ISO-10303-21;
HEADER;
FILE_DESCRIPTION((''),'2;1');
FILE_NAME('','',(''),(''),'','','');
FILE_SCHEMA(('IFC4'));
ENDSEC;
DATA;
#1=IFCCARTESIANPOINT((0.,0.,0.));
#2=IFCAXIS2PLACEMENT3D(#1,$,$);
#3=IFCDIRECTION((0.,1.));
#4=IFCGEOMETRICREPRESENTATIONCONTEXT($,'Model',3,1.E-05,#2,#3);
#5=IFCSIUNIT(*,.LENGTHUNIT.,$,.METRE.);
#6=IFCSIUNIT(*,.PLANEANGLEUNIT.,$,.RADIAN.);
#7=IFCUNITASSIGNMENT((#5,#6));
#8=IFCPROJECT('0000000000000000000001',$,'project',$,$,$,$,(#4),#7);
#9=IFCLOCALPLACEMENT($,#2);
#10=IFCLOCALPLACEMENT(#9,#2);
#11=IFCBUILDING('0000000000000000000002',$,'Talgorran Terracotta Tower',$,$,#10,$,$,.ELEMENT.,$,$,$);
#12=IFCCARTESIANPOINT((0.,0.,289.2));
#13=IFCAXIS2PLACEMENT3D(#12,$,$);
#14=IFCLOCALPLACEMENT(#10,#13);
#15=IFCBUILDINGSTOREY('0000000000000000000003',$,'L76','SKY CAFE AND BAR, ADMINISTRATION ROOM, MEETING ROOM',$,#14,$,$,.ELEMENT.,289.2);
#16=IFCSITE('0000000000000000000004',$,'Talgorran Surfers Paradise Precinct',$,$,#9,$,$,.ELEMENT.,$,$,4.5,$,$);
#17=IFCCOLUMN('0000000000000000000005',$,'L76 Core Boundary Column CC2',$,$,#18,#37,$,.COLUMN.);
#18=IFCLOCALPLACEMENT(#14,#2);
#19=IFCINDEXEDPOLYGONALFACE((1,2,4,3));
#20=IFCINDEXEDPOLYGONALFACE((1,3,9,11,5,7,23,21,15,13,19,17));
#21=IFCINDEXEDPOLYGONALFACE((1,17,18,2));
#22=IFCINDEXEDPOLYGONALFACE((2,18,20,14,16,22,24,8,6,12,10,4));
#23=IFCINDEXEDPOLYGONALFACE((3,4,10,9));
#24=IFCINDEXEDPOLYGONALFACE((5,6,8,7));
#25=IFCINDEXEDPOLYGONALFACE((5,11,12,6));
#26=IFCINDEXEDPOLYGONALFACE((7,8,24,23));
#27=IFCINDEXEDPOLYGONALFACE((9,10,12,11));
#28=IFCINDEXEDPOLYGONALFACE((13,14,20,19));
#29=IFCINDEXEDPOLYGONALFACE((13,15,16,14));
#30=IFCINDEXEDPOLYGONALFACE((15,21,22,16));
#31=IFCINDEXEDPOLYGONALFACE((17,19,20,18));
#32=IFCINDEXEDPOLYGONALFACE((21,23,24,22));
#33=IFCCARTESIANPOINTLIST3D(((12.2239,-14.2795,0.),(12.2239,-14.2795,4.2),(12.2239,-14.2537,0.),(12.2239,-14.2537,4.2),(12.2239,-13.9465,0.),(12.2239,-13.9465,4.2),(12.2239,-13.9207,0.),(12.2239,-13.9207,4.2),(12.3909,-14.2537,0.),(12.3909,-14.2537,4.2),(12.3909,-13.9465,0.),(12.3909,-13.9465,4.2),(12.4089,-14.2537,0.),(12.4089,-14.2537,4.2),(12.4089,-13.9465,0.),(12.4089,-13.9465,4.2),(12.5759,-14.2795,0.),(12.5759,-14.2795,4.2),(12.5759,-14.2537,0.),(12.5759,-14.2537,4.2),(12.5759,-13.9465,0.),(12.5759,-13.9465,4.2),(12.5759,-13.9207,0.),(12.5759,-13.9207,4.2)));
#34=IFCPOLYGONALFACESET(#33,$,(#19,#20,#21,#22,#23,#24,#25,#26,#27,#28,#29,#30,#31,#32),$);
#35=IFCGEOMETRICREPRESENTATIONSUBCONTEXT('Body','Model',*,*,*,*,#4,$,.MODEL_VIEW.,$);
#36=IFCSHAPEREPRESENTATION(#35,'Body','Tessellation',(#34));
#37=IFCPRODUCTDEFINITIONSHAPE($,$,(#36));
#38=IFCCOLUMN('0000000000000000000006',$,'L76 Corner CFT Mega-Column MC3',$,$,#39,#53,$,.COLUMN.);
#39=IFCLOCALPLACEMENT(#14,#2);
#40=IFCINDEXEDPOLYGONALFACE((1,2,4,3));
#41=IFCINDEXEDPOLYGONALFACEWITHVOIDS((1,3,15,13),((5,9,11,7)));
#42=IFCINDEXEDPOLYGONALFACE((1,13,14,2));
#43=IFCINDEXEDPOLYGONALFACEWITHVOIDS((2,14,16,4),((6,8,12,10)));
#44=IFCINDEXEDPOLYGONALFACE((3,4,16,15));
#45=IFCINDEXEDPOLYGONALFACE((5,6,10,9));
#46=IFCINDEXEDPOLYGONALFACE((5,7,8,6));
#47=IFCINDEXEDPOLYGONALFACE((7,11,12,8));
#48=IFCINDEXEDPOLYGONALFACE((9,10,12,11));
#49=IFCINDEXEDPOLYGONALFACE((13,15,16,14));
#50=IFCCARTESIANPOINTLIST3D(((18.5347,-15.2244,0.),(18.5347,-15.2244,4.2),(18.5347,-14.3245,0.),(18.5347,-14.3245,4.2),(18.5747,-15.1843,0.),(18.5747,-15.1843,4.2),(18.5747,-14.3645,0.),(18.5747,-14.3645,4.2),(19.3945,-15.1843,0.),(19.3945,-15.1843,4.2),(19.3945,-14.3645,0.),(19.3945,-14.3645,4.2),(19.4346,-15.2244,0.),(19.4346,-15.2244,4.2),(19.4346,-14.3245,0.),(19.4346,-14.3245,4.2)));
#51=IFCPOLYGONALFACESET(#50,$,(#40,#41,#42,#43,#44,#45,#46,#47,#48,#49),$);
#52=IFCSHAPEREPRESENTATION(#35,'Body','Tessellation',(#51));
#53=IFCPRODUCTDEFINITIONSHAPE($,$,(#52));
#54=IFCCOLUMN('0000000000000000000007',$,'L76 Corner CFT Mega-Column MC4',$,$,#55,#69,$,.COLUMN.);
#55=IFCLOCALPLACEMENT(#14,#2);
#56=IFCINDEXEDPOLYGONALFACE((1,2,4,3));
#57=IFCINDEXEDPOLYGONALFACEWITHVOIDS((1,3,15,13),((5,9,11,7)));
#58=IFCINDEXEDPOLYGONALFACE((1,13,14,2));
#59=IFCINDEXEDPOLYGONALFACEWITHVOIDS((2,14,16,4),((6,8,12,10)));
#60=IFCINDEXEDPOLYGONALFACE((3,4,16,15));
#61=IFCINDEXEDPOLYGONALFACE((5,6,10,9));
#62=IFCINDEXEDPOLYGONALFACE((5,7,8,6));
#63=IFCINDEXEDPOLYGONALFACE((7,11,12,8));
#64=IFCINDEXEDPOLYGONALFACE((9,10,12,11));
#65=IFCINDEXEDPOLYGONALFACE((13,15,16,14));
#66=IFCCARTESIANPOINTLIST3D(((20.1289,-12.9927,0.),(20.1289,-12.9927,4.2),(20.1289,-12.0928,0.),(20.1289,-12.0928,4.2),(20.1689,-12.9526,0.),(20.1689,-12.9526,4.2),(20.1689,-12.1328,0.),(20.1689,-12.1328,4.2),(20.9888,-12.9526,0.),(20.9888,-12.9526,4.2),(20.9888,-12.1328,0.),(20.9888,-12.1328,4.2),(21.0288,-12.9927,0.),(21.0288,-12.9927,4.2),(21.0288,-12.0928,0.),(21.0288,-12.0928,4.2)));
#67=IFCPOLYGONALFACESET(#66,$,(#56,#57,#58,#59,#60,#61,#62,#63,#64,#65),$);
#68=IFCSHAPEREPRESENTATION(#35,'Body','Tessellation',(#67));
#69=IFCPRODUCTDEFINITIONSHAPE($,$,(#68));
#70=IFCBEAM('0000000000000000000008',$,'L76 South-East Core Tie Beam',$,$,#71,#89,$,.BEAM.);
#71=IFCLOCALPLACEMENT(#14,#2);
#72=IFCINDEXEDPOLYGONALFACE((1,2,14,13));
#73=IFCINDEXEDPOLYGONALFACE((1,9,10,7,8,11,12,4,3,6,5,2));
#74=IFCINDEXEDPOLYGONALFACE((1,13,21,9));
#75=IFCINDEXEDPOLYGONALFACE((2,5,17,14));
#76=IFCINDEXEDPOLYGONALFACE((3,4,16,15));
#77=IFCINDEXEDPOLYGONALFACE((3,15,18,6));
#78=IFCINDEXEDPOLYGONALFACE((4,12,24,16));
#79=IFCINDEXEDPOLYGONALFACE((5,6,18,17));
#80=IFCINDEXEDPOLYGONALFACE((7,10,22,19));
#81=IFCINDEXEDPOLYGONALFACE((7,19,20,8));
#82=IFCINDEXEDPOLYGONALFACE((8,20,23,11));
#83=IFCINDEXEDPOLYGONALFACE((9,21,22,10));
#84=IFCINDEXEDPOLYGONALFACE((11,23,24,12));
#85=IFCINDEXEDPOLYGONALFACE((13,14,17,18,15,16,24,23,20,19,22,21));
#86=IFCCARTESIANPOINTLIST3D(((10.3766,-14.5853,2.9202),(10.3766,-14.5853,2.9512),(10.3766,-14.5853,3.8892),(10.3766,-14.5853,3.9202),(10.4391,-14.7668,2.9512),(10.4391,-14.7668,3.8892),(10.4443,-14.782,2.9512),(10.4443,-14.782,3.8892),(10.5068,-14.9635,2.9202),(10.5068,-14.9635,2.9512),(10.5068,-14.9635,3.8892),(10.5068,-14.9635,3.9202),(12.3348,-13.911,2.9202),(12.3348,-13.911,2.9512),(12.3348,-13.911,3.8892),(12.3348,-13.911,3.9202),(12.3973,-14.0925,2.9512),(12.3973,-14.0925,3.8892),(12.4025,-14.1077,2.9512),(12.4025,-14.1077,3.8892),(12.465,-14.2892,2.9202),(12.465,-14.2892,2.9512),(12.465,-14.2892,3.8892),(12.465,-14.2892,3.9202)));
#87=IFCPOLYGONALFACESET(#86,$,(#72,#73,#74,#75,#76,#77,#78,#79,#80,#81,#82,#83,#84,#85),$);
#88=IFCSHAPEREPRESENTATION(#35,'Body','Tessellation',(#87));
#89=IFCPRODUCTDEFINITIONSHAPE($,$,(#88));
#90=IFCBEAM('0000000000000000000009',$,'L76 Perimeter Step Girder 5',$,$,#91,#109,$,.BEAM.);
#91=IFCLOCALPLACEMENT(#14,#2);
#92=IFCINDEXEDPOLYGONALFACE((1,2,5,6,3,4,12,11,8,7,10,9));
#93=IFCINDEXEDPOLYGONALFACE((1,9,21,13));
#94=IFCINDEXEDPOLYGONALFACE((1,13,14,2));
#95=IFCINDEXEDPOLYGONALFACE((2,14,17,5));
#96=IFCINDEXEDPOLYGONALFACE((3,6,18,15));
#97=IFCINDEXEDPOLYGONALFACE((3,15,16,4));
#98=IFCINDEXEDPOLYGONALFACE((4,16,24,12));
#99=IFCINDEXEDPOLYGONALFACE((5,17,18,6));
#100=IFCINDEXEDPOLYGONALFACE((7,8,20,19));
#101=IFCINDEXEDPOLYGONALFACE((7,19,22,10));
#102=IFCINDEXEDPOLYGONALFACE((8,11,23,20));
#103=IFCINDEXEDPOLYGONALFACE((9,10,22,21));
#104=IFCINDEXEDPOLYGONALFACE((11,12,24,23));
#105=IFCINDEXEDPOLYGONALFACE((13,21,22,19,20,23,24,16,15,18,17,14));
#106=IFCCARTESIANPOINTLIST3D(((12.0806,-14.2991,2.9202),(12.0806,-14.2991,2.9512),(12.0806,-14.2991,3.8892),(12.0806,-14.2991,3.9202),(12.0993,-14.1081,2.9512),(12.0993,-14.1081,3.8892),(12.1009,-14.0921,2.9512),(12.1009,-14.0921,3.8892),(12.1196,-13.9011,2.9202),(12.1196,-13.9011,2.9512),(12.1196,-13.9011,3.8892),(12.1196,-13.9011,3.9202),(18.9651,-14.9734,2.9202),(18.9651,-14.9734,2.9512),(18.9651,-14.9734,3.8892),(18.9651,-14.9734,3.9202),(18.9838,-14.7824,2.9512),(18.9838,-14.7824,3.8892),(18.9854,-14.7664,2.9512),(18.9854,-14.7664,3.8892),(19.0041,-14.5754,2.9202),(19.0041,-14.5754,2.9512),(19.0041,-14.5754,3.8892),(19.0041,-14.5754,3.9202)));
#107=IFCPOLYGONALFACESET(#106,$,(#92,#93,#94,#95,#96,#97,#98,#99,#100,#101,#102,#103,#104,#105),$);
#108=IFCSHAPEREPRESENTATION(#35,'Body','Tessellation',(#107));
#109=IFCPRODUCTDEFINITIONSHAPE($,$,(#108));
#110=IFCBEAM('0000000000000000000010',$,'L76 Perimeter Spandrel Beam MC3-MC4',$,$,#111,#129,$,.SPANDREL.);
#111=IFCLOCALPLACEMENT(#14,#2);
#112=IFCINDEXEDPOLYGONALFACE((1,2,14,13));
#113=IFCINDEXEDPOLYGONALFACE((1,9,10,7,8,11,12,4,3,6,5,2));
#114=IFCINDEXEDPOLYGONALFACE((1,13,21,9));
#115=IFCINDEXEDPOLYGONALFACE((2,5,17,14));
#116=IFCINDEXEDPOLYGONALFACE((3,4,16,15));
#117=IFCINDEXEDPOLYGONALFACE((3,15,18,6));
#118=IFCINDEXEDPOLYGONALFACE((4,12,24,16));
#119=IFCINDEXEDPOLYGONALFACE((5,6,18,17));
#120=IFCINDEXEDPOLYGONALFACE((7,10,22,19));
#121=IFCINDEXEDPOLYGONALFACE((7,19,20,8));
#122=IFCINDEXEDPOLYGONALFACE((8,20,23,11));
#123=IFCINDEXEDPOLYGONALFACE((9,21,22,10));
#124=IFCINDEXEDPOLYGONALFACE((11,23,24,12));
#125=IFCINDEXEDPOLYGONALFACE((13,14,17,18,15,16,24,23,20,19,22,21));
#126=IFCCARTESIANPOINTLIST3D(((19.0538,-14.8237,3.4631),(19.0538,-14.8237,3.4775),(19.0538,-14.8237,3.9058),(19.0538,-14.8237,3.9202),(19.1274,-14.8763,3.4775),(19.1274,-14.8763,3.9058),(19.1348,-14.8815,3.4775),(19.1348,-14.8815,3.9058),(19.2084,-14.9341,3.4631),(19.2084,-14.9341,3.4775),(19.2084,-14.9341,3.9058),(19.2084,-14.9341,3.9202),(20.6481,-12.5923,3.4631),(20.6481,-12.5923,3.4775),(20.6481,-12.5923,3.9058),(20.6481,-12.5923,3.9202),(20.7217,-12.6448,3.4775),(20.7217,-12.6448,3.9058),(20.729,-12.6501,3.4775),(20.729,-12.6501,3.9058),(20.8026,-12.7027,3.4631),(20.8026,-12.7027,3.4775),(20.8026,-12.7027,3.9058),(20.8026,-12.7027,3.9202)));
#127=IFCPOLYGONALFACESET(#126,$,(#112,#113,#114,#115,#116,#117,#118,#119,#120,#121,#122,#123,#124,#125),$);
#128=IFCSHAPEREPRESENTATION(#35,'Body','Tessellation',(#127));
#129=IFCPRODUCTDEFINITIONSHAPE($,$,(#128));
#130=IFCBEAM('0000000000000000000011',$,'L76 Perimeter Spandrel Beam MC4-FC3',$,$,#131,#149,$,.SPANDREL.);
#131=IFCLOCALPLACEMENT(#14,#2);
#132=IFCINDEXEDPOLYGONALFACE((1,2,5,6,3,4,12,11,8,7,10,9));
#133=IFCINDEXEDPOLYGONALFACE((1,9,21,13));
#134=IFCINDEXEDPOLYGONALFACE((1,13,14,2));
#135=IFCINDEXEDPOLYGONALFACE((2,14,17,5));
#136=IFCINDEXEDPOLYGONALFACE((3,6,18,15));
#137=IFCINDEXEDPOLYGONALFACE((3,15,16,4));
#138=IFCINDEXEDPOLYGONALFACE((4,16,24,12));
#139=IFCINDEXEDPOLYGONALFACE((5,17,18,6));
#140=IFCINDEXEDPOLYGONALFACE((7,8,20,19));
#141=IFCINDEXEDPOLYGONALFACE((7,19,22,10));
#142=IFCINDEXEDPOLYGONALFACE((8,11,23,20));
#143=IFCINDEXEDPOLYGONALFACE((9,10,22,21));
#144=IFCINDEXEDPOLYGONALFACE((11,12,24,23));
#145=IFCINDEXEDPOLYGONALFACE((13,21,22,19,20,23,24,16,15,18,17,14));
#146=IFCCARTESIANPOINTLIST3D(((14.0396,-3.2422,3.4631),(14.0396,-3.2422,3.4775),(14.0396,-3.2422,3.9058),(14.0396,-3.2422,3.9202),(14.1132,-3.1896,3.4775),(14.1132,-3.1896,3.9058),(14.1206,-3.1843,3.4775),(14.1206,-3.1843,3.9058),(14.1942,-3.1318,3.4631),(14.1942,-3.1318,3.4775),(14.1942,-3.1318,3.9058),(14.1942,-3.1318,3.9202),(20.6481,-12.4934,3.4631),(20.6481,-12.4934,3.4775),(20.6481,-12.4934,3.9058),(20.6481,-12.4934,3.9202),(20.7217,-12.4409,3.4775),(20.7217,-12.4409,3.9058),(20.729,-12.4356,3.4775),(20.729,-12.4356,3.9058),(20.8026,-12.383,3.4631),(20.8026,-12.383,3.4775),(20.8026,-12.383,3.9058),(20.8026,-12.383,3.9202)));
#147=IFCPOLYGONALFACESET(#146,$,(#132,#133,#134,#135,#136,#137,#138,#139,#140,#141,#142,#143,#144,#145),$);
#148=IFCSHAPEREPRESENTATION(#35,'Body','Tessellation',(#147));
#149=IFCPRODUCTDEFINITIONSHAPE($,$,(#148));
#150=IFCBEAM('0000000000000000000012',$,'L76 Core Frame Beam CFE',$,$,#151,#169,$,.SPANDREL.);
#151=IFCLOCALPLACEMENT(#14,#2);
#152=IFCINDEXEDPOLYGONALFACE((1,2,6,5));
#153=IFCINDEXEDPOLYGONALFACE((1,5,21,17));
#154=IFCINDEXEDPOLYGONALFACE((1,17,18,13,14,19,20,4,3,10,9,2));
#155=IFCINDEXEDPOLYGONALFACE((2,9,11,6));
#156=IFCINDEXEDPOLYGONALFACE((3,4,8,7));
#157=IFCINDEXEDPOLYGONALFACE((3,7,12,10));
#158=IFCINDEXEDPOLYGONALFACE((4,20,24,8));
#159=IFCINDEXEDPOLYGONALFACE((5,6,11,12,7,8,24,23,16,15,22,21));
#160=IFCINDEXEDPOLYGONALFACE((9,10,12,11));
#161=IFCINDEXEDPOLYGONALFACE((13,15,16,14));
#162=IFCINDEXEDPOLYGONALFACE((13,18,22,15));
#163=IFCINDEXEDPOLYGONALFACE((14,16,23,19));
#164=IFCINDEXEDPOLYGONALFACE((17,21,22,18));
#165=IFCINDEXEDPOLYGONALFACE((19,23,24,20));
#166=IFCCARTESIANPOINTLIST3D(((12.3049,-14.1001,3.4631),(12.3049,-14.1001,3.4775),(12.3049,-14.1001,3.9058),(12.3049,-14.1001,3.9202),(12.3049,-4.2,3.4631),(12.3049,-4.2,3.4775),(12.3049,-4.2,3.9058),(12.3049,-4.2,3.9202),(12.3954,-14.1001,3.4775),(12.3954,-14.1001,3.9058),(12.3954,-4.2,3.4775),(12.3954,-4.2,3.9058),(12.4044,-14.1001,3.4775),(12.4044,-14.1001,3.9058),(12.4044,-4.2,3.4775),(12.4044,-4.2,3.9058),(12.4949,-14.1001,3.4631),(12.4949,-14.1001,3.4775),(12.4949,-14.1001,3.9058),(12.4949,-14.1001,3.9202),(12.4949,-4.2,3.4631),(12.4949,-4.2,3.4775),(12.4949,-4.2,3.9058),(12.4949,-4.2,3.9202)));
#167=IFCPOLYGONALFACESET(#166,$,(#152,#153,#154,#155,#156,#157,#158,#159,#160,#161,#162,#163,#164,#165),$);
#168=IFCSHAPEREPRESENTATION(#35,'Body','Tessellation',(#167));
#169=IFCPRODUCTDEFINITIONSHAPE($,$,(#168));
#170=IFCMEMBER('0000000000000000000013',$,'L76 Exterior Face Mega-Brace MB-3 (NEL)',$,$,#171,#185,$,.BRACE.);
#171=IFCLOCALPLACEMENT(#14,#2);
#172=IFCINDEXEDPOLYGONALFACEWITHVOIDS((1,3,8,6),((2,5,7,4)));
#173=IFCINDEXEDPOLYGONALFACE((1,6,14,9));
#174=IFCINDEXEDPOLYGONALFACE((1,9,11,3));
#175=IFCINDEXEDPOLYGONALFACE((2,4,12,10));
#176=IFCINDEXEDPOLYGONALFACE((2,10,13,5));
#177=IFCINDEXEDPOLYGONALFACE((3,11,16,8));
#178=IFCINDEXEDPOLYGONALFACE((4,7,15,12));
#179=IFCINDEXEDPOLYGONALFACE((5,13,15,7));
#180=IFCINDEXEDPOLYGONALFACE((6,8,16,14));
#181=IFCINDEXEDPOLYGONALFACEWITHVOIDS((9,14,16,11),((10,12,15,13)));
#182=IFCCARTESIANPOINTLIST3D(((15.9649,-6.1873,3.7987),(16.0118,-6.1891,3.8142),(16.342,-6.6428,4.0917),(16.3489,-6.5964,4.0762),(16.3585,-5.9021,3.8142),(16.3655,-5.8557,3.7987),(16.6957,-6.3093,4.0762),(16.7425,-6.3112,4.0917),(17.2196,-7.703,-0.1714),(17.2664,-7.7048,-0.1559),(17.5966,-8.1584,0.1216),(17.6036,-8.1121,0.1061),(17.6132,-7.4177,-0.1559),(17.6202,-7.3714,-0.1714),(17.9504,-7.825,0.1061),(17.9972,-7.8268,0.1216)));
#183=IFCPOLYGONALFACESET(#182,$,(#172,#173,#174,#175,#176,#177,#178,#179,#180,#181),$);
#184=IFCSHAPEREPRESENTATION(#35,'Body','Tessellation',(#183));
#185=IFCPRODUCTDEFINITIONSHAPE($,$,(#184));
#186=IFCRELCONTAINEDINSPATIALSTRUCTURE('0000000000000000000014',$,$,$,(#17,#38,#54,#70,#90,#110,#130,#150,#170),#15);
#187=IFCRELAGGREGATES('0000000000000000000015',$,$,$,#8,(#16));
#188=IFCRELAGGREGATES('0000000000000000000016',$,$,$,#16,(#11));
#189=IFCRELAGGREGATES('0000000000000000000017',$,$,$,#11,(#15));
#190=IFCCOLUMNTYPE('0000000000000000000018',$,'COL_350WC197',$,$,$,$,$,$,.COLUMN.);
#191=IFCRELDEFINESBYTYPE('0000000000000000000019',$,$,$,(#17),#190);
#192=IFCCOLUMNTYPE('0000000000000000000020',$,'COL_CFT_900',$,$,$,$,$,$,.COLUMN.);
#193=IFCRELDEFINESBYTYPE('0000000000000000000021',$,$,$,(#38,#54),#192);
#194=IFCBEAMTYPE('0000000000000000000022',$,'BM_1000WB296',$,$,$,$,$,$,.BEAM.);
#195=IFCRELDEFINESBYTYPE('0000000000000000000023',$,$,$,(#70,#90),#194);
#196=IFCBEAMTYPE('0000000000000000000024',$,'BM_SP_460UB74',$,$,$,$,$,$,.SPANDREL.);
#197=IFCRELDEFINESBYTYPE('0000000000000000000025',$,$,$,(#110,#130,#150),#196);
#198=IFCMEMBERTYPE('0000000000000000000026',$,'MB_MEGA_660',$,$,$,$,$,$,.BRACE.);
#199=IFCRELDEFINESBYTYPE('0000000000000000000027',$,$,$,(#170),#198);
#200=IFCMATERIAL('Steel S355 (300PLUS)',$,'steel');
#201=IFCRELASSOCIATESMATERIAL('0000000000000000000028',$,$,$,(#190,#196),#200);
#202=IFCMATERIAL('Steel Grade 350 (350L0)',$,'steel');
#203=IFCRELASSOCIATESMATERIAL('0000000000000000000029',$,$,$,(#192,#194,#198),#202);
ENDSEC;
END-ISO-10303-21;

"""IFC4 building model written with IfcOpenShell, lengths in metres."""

from ifc_helpers import new_model, si_unit, direction, frame, origin, origin_2d, place, context, subcontext, project, spatial, hollow_rectangle, i_section, extrude, material, material_profile, profile_set, type_object, element, save


model = new_model("IFC4")

# Units and contexts
model_context = context("Model", 3, precision=1e-05, world=origin(), true_north=direction((0.0, 1.0)))
body_context = subcontext(model_context, "Body", "Model", "MODEL_VIEW")
ifc_project = project(units=[si_unit("LENGTHUNIT", "METRE"), si_unit("PLANEANGLEUNIT", "RADIAN")], contexts=[model_context])

# Site, building, storey
site_placement = place(None, origin())
site = spatial("IfcSite", under=ifc_project, at=site_placement, Name="Talgorran Surfers Paradise Precinct", CompositionType="ELEMENT", RefElevation=4.5)
building_placement = place(site_placement, origin())
building = spatial("IfcBuilding", under=site, at=building_placement, Name="Talgorran Terracotta Tower", CompositionType="ELEMENT")
storey_placement = place(building_placement, frame((0.0, 0.0, 289.2)))
storey = spatial("IfcBuildingStorey", under=building, at=storey_placement, Name="L76", Description="SKY CAFE AND BAR, ADMINISTRATION ROOM, MEETING ROOM", CompositionType="ELEMENT", Elevation=289.2)

# Columns
ifc_material_1 = material(Name="Steel S355 (300PLUS)", Category="steel")
ifc_material_profile_1 = material_profile(ifc_material_1, i_section(OverallWidth=0.3521, OverallDepth=0.3589, WebThickness=0.0181, FlangeThickness=0.0259, at=origin_2d()), Name="350WC197")
ifc_profile_set_1 = profile_set([ifc_material_profile_1], Name="Steel S355 (300PLUS)")
column_type_1 = type_object("IfcColumnType", Name="COL_350WC197", PredefinedType="COLUMN", material=ifc_profile_set_1)
column_placement = place(storey_placement, frame((12.3999, -14.1001, 0.0), z_axis=(0.0, 0.0, 1.0), x_axis=(1.0, 0.0, 0.0)))
element("IfcColumn", 1, at=column_placement, inside=storey, type_object=column_type_1, Name="L76 Core Boundary Column CC2", PredefinedType="COLUMN", context=body_context, shape_type="SweptSolid", body=[
    extrude(i_section(OverallWidth=0.3521, OverallDepth=0.3589, WebThickness=0.0181, FlangeThickness=0.0259, at=origin_2d()), origin(), (0.0, 0.0, 1.0), 4.2),
])
ifc_material_2 = material(Name="Steel Grade 350 (350L0)", Category="steel")
ifc_material_profile_2 = material_profile(ifc_material_2, hollow_rectangle(XDim=0.8999, YDim=0.8999, WallThickness=0.04, at=origin_2d()), Name="CFT900X900X40")
ifc_profile_set_2 = profile_set([ifc_material_profile_2], Name="Steel Grade 350 (350L0)")
column_type_2 = type_object("IfcColumnType", Name="COL_CFT_900", PredefinedType="COLUMN", material=ifc_profile_set_2)
for number, where, z_axis, x_axis, name in (
    (2, (18.9846, -14.7744, 0.0), (0.0, 0.0, 1.0), (1.0, 0.0, 0.0), "L76 Corner CFT Mega-Column MC3"),
    (3, (20.5789, -12.5427, 0.0), (0.0, 0.0, 1.0), (1.0, 0.0, 0.0), "L76 Corner CFT Mega-Column MC4"),
):
    element("IfcColumn", number, at=place(storey_placement, frame(where, z_axis=z_axis, x_axis=x_axis)), inside=storey, type_object=column_type_2, Name=name, PredefinedType="COLUMN", context=body_context, shape_type="SweptSolid", body=[
        extrude(hollow_rectangle(XDim=0.8999, YDim=0.8999, WallThickness=0.04, at=origin_2d()), origin(), (0.0, 0.0, 1.0), 4.2),
    ])

# Beams
ifc_material_profile_3 = material_profile(ifc_material_2, i_section(OverallWidth=0.3999, OverallDepth=1.0, WebThickness=0.0161, FlangeThickness=0.031, at=origin_2d()), Name="1000WB296")
ifc_profile_set_3 = profile_set([ifc_material_profile_3], Name="Steel Grade 350 (350L0)")
beam_type_1 = type_object("IfcBeamType", Name="BM_1000WB296", PredefinedType="BEAM", material=ifc_profile_set_3)
beam_1_placement = place(storey_placement, frame((12.3999, -14.1001, 3.4202), z_axis=(-0.945513, -0.325584, 0.0), x_axis=(0.325584, -0.945513, 0.0)))
element("IfcBeam", 4, at=beam_1_placement, inside=storey, type_object=beam_type_1, Name="L76 South-East Core Tie Beam", PredefinedType="BEAM", context=body_context, shape_type="SweptSolid", body=[
    extrude(i_section(OverallWidth=0.3999, OverallDepth=1.0, WebThickness=0.0161, FlangeThickness=0.031, at=origin_2d()), origin(), (0.0, 0.0, 1.0), 2.071),
])
beam_2_placement = place(storey_placement, frame((18.9846, -14.7744, 3.4202), z_axis=(-0.995237, 0.09748, 0.0), x_axis=(-0.09748, -0.995237, 0.0)))
element("IfcBeam", 5, at=beam_2_placement, inside=storey, type_object=beam_type_1, Name="L76 Perimeter Step Girder 5", PredefinedType="BEAM", context=body_context, shape_type="SweptSolid", body=[
    extrude(i_section(OverallWidth=0.3999, OverallDepth=1.0, WebThickness=0.0161, FlangeThickness=0.031, at=origin_2d()), origin(), (0.0, 0.0, 1.0), 6.9175),
])
ifc_material_profile_4 = material_profile(ifc_material_1, i_section(OverallWidth=0.1899, OverallDepth=0.457, WebThickness=0.009, FlangeThickness=0.0144, at=origin_2d()), Name="460UB74.6")
ifc_profile_set_4 = profile_set([ifc_material_profile_4], Name="Steel S355 (300PLUS)")
beam_type_2 = type_object("IfcBeamType", Name="BM_SP_460UB74", PredefinedType="SPANDREL", material=ifc_profile_set_4)
beam_3_placement = place(storey_placement, frame((19.1311, -14.8789, 3.6917), z_axis=(0.581322, 0.813673, 0.0), x_axis=(-0.813673, 0.581322, 0.0)))
element("IfcBeam", 6, at=beam_3_placement, inside=storey, type_object=beam_type_2, Name="L76 Perimeter Spandrel Beam MC3-MC4", PredefinedType="SPANDREL", context=body_context, shape_type="SweptSolid", body=[
    extrude(i_section(OverallWidth=0.1899, OverallDepth=0.457, WebThickness=0.009, FlangeThickness=0.0144, at=origin_2d()), origin(), (0.0, 0.0, 1.0), 2.7424),
])
beam_4_placement = place(storey_placement, frame((20.7253, -12.4382, 3.6917), z_axis=(-0.581261, 0.813718, 0.0), x_axis=(-0.813718, -0.581261, 0.0)))
element("IfcBeam", 7, at=beam_4_placement, inside=storey, type_object=beam_type_2, Name="L76 Perimeter Spandrel Beam MC4-FC3", PredefinedType="SPANDREL", context=body_context, shape_type="SweptSolid", body=[
    extrude(i_section(OverallWidth=0.1899, OverallDepth=0.457, WebThickness=0.009, FlangeThickness=0.0144, at=origin_2d()), origin(), (0.0, 0.0, 1.0), 11.3691),
])
beam_5_placement = place(storey_placement, frame((12.3999, -14.1001, 3.6917), z_axis=(0.0, 1.0, 0.0), x_axis=(-1.0, 0.0, 0.0)))
element("IfcBeam", 8, at=beam_5_placement, inside=storey, type_object=beam_type_2, Name="L76 Core Frame Beam CFE", PredefinedType="SPANDREL", context=body_context, shape_type="SweptSolid", body=[
    extrude(i_section(OverallWidth=0.1899, OverallDepth=0.457, WebThickness=0.009, FlangeThickness=0.0144, at=origin_2d()), origin(), (0.0, 0.0, 1.0), 9.9001),
])

# Member
ifc_material_profile_5 = material_profile(ifc_material_2, hollow_rectangle(XDim=0.52, YDim=0.6599, WallThickness=0.0349, at=origin_2d()), Name="WBOX660X520X35")
ifc_profile_set_5 = profile_set([ifc_material_profile_5], Name="Steel Grade 350 (350L0)")
member_type_1 = type_object("IfcMemberType", Name="MB_MEGA_660", PredefinedType="BRACE", material=ifc_profile_set_5)
member_1_placement = place(storey_placement, frame((17.6084, -7.7649, -0.0249), z_axis=(-0.283164, 0.342066, 0.895996), x_axis=(-0.770312, -0.637667, 0.0)))
element("IfcMember", 9, at=member_1_placement, inside=storey, type_object=member_type_1, Name="L76 Exterior Face Mega-Brace MB-3 (NEL)", PredefinedType="BRACE", context=body_context, shape_type="SweptSolid", body=[
    extrude(hollow_rectangle(XDim=0.52, YDim=0.6599, WallThickness=0.0349, at=origin_2d()), origin(), (0.0, 0.0, 1.0), 4.4309),
])

save(model, "model.ifc")
